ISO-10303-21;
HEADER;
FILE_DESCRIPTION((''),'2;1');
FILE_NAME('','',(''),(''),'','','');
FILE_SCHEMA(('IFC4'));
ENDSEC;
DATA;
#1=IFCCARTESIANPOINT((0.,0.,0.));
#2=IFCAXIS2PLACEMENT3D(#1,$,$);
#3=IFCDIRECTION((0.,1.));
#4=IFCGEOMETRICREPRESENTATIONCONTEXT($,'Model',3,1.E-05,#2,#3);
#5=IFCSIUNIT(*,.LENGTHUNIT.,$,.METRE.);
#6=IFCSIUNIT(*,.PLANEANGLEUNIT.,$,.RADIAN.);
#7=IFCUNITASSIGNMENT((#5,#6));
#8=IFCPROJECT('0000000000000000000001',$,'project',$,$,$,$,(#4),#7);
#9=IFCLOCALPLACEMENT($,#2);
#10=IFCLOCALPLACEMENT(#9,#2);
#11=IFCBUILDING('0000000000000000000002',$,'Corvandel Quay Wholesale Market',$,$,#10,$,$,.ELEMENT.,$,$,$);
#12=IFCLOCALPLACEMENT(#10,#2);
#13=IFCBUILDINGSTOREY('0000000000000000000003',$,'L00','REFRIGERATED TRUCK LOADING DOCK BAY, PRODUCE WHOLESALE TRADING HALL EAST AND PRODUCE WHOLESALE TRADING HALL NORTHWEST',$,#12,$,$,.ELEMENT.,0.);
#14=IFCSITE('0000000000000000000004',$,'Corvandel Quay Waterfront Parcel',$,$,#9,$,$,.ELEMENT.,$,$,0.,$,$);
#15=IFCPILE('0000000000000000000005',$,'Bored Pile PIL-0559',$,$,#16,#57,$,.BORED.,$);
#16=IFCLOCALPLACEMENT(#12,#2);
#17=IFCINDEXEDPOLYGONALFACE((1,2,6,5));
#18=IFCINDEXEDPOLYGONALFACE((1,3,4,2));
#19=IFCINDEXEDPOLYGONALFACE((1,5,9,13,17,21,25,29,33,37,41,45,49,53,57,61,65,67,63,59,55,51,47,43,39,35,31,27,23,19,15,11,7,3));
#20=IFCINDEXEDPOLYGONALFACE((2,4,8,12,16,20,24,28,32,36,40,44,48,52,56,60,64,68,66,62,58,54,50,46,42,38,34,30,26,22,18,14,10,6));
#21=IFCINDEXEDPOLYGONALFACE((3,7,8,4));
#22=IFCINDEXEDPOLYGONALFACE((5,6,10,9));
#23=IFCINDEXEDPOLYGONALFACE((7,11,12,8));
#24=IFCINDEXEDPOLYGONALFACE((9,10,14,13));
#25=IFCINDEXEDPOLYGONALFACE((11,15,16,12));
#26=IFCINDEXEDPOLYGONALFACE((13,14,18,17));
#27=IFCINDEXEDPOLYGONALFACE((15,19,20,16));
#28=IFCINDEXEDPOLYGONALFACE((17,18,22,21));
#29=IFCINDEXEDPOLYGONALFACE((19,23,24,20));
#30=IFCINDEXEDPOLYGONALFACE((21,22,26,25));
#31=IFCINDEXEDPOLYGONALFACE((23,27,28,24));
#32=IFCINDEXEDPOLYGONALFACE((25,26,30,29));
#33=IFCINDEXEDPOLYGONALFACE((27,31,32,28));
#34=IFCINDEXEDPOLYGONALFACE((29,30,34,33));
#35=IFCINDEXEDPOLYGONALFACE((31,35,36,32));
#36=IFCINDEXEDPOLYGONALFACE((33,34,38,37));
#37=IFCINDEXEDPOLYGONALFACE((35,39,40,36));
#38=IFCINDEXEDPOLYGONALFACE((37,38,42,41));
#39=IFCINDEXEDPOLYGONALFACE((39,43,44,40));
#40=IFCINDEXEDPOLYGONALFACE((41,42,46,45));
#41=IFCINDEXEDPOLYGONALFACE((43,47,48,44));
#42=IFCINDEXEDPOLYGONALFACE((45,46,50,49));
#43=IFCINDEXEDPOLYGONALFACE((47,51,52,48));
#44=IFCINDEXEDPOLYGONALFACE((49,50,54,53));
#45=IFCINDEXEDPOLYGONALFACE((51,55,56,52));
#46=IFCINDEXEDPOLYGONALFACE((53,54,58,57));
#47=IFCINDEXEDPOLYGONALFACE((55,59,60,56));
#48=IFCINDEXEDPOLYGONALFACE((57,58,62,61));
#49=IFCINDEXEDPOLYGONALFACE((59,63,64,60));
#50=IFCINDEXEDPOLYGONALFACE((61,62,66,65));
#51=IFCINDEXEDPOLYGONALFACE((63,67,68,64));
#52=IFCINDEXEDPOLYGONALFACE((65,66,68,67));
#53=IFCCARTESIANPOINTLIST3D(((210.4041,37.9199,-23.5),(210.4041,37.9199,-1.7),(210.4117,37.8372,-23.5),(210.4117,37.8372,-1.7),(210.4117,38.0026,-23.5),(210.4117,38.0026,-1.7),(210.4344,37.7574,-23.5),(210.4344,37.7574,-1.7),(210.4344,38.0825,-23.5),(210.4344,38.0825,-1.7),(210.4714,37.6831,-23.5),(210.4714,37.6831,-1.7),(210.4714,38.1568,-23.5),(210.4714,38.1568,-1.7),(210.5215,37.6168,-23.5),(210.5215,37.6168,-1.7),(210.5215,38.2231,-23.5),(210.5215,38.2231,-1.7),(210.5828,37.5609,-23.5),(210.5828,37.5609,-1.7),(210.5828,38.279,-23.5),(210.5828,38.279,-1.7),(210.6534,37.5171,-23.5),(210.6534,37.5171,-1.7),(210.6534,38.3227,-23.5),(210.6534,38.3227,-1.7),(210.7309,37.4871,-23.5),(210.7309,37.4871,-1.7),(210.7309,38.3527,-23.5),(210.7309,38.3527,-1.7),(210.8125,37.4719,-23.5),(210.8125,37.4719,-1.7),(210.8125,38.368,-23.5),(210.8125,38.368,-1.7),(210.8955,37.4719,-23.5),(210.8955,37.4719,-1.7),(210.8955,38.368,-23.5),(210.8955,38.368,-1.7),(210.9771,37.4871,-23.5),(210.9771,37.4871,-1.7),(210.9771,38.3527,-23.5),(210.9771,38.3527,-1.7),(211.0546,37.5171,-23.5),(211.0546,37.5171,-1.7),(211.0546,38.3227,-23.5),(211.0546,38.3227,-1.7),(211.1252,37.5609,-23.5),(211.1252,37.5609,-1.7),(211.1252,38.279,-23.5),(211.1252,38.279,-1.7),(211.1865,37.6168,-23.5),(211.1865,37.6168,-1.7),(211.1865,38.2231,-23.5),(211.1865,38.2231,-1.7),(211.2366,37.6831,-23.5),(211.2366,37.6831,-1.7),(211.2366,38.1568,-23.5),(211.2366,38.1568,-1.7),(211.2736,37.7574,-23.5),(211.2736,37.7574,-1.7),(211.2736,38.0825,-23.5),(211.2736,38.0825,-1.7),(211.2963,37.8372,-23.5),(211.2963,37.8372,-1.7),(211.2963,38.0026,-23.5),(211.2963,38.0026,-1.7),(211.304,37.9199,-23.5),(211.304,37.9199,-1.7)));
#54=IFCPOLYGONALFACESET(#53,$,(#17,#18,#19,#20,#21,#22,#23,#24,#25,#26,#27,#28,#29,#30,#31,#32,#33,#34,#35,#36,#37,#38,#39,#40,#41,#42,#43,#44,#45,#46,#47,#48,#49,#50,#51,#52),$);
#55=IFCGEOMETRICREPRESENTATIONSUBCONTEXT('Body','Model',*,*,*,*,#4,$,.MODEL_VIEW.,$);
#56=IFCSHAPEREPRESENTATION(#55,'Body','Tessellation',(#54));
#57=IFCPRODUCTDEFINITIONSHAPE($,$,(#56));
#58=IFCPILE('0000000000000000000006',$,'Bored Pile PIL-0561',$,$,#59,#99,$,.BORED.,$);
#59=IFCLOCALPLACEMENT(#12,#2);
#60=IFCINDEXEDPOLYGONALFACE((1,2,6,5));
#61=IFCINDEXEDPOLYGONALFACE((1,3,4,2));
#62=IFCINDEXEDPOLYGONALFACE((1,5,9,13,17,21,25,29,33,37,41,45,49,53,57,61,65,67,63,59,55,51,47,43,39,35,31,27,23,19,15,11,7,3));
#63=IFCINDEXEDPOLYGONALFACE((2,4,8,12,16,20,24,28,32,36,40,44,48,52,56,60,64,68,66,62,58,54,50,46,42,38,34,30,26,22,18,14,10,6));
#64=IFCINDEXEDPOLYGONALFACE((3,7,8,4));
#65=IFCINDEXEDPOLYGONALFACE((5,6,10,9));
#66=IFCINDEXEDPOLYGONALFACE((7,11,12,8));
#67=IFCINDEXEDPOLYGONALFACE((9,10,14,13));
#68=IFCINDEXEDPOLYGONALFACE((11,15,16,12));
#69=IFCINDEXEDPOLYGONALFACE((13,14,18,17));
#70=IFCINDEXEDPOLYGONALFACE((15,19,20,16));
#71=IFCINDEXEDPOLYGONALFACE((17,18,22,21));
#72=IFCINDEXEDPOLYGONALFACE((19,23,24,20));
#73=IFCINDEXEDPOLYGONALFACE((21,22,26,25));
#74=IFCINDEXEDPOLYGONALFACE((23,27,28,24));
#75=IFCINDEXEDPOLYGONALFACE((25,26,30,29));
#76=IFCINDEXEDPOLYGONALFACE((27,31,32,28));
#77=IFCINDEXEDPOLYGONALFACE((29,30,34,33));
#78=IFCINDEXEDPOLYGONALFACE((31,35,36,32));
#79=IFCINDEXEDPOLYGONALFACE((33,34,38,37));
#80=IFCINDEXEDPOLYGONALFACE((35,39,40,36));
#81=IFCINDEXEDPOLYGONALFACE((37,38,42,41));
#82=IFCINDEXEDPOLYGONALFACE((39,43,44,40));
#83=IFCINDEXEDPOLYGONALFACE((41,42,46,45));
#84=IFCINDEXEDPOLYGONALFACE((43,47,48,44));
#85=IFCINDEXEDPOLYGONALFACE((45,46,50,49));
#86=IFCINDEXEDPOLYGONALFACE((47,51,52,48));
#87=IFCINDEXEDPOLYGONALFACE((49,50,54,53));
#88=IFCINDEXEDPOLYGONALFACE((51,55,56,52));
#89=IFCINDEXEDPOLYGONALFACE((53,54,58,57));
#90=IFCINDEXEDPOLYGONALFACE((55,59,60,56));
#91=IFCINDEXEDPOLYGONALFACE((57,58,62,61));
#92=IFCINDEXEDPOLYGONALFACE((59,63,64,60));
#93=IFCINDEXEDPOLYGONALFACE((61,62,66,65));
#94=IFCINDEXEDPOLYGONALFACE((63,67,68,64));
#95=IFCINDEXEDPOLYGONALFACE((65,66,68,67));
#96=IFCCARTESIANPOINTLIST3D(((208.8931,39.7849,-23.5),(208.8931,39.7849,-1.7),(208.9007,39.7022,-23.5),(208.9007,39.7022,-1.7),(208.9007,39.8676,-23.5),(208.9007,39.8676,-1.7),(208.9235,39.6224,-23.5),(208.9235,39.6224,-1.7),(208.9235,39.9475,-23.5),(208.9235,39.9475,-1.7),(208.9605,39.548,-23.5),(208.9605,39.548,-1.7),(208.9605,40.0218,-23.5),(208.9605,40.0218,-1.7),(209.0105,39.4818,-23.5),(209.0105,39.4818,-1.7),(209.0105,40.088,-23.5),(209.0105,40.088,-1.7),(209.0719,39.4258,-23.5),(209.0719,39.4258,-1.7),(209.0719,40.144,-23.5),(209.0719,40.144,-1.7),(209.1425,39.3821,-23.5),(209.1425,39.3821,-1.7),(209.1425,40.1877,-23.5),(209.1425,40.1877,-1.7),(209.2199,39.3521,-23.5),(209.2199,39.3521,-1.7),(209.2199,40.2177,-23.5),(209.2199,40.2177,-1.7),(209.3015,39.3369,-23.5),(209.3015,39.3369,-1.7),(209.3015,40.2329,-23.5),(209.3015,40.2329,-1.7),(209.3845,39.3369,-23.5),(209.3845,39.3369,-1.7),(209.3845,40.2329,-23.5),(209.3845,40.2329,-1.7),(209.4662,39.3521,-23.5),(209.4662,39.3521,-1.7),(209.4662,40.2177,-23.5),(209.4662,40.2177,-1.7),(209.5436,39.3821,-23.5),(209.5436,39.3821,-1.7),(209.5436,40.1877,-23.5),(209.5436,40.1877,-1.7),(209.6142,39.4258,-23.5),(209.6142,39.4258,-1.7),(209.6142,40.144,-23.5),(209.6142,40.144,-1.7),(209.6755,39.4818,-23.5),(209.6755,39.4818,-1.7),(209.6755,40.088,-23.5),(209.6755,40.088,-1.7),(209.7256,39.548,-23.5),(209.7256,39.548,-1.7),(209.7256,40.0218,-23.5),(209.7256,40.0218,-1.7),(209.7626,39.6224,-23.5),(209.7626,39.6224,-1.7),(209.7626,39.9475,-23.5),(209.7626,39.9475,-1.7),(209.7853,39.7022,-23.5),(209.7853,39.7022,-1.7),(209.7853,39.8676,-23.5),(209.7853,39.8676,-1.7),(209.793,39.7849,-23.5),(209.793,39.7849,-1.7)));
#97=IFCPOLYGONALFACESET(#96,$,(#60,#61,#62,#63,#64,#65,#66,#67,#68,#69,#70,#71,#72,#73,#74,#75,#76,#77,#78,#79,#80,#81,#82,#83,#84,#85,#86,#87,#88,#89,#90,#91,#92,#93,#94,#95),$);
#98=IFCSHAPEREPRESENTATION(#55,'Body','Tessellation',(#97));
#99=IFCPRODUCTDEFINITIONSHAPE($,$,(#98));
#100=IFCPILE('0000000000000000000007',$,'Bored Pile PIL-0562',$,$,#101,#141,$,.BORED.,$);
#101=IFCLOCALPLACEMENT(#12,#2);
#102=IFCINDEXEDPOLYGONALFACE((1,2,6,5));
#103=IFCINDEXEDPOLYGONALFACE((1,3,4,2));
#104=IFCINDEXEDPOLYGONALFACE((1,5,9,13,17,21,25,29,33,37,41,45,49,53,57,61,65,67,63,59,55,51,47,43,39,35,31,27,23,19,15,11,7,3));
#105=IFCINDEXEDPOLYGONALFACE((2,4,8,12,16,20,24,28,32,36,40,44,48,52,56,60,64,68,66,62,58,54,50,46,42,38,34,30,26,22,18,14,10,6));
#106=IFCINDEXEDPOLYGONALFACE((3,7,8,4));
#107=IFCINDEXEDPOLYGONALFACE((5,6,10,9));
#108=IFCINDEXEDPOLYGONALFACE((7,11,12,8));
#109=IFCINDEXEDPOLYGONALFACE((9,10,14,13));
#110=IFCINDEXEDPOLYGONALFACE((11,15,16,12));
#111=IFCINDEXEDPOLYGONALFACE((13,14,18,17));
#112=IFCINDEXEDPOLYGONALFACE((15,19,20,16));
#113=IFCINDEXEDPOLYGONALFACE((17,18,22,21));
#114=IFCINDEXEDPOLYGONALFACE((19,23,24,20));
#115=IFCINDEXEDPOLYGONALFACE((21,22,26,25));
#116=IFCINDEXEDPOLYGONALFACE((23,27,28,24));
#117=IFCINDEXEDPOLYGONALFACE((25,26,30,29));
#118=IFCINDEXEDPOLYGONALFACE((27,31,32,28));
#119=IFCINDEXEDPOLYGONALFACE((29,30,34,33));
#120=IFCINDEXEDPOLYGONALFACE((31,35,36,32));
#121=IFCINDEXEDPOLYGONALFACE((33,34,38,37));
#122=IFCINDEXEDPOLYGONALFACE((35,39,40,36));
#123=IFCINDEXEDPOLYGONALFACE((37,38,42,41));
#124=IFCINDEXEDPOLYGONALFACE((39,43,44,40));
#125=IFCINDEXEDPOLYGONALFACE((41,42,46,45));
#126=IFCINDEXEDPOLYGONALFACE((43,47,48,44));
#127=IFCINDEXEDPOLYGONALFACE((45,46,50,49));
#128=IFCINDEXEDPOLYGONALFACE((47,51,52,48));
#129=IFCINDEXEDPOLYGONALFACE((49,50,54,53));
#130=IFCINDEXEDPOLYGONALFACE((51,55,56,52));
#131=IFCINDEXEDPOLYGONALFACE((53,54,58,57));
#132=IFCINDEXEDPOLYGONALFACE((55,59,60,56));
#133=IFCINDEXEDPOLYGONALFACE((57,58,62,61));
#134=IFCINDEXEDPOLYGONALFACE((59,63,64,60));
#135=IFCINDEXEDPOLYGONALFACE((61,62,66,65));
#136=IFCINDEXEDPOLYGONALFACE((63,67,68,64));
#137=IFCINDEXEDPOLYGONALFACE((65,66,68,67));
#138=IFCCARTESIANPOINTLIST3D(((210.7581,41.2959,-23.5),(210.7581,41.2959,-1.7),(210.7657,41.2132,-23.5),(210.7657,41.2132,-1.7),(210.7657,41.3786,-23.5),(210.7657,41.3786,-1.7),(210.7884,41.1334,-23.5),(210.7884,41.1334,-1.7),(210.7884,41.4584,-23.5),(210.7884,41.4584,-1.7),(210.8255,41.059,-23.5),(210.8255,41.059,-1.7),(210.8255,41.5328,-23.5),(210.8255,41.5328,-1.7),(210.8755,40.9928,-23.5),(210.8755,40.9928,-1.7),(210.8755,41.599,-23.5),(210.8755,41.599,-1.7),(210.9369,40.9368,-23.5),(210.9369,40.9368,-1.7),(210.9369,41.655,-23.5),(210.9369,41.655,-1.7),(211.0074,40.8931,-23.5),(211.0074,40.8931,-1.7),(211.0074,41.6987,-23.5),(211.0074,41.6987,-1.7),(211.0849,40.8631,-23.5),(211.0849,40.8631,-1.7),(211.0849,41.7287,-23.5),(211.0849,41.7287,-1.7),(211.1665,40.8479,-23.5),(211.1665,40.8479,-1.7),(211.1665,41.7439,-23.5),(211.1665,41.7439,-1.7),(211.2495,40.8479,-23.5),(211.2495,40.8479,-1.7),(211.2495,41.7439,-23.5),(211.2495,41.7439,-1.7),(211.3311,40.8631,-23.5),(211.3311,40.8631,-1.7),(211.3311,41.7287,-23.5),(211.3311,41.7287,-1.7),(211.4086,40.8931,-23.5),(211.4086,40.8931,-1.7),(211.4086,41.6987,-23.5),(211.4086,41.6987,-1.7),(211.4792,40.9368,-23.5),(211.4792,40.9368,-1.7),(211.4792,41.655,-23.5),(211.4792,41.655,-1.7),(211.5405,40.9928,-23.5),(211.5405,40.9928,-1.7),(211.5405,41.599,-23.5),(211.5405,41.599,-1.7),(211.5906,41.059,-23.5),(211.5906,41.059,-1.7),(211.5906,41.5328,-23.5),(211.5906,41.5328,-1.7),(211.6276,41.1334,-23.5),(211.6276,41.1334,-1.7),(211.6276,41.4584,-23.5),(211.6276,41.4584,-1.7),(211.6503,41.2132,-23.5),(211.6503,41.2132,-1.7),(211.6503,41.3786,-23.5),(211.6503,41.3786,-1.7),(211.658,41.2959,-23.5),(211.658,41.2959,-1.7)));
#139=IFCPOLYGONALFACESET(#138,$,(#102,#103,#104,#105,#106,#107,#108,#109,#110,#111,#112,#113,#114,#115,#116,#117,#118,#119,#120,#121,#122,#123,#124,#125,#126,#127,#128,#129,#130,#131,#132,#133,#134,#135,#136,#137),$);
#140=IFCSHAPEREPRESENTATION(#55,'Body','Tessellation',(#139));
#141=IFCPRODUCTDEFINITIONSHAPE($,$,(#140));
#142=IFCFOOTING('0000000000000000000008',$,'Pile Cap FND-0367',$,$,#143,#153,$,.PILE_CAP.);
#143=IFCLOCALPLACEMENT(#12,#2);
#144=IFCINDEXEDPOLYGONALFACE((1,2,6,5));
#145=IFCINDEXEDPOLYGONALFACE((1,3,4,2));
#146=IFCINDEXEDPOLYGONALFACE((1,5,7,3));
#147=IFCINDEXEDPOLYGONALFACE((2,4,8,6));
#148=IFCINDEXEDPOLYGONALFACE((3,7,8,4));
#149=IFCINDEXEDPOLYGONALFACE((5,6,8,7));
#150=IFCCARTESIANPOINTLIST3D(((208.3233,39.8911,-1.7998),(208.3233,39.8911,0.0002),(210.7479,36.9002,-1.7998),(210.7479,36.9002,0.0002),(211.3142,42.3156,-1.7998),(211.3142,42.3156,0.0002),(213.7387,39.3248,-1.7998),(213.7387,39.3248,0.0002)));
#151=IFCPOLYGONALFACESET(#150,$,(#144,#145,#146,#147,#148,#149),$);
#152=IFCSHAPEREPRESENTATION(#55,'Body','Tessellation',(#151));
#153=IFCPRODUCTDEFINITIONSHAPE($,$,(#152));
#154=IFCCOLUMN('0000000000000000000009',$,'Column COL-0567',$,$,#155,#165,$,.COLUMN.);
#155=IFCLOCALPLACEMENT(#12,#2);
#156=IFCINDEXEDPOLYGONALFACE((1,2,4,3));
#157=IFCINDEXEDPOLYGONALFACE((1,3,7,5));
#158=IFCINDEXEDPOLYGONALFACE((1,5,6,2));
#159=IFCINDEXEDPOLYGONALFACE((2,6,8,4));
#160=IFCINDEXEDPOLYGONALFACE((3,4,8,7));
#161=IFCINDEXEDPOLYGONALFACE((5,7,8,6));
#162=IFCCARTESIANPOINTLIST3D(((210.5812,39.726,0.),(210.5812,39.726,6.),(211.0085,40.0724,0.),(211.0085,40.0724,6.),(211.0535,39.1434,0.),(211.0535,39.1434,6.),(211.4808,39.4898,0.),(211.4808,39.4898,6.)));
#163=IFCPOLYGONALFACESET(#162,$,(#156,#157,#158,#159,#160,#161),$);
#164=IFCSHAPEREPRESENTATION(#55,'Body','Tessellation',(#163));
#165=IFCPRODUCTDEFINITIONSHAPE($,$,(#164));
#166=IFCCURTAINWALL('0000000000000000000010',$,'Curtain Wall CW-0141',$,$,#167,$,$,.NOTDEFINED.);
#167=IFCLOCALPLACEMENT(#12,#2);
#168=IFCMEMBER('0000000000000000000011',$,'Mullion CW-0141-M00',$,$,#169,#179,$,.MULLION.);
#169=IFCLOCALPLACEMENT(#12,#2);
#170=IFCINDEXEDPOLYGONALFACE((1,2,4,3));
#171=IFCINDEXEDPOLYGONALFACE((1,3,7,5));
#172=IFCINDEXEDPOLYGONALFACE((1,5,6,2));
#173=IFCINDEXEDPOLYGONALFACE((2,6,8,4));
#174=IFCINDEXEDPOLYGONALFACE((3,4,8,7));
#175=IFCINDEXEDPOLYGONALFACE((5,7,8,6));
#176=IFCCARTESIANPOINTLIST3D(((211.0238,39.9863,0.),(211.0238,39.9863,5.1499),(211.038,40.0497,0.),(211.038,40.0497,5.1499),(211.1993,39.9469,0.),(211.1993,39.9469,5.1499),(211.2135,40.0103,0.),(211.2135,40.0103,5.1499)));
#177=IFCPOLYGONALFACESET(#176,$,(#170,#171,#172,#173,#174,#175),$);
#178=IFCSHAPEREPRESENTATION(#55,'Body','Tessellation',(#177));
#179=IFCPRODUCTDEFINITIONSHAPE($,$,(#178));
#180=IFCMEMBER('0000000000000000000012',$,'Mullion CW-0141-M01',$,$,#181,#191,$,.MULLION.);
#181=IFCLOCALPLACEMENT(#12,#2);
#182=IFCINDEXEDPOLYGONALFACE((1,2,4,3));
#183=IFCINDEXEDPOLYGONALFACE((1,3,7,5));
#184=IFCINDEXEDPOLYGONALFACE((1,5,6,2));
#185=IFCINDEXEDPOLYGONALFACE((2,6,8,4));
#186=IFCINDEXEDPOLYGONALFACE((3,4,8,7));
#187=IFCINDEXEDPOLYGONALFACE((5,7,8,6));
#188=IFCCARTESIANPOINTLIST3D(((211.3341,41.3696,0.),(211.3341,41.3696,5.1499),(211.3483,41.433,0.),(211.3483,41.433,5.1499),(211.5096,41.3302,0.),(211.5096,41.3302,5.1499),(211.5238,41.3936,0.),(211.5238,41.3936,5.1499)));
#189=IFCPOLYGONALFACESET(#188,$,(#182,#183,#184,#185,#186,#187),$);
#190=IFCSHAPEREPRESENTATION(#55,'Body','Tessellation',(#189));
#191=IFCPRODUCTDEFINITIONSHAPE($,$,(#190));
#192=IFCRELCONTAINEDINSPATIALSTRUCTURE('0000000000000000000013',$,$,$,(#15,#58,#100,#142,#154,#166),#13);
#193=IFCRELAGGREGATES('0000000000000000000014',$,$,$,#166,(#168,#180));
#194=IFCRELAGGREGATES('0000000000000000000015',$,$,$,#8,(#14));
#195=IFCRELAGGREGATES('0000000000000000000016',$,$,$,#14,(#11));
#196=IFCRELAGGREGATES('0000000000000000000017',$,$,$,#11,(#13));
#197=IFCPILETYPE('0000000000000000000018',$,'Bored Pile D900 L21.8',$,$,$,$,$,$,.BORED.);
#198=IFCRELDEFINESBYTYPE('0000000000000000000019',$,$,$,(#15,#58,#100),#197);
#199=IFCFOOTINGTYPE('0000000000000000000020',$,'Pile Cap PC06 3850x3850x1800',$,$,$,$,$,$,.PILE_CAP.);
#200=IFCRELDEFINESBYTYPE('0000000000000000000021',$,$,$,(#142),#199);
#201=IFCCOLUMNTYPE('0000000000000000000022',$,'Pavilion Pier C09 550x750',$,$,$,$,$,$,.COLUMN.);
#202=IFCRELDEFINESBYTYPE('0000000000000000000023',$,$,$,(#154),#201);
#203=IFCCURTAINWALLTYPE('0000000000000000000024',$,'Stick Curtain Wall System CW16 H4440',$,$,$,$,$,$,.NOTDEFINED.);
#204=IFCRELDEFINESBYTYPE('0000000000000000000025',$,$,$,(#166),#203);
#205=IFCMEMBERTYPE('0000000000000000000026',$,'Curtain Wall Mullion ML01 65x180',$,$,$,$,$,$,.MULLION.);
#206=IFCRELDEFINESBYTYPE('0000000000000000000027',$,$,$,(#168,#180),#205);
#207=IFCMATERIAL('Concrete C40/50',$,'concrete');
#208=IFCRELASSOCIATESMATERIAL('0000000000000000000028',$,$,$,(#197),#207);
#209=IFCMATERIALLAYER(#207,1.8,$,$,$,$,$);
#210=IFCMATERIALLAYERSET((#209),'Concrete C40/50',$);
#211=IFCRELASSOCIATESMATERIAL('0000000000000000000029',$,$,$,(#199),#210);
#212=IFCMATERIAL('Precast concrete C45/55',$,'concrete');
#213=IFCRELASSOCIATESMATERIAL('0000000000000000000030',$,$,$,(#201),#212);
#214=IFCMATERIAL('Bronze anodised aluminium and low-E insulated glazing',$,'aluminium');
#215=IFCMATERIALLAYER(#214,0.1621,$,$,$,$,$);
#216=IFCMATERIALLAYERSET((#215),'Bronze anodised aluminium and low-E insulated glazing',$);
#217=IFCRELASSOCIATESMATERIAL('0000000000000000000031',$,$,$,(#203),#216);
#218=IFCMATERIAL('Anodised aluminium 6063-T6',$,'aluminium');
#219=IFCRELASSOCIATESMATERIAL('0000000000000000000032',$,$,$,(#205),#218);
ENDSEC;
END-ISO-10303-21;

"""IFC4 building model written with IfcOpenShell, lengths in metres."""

from ifc_helpers import new_model, si_unit, direction, frame, origin, origin_2d, place, context, subcontext, project, spatial, rectangle, circle, extrude, material, layer, layer_set, material_profile, profile_set, type_object, element, aggregate, save


model = new_model("IFC4")

# Units and contexts
model_context = context("Model", 3, precision=1e-05, world=origin(), true_north=direction((0.0, 1.0)))
body_context = subcontext(model_context, "Body", "Model", "MODEL_VIEW")
ifc_project = project(units=[si_unit("LENGTHUNIT", "METRE"), si_unit("PLANEANGLEUNIT", "RADIAN")], contexts=[model_context])

# Site, building, storey
site_placement = place(None, origin())
site = spatial("IfcSite", under=ifc_project, at=site_placement, Name="Corvandel Quay Waterfront Parcel", CompositionType="ELEMENT", RefElevation=0.0)
building_placement = place(site_placement, origin())
building = spatial("IfcBuilding", under=site, at=building_placement, Name="Corvandel Quay Wholesale Market", CompositionType="ELEMENT")
storey_placement = place(building_placement, origin())
storey = spatial("IfcBuildingStorey", under=building, at=storey_placement, Name="L00", Description="REFRIGERATED TRUCK LOADING DOCK BAY, PRODUCE WHOLESALE TRADING HALL EAST AND PRODUCE WHOLESALE TRADING HALL NORTHWEST", CompositionType="ELEMENT", Elevation=0.0)

# Piles
ifc_material_1 = material(Name="Concrete C40/50", Category="concrete")
ifc_material_profile_1 = material_profile(ifc_material_1, circle(Radius=0.45, at=origin_2d()), Name="RC-PILE-D900")
ifc_profile_set_1 = profile_set([ifc_material_profile_1], Name="Concrete C40/50")
pile_type = type_object("IfcPileType", Name="Bored Pile D900 L21.8", PredefinedType="BORED", material=ifc_profile_set_1)
for number, where, z_axis, x_axis, name in (
    (1, (210.854, 37.9199, -1.7), (0.0, 0.0, -1.0), (1.0, 0.0, 0.0), "Bored Pile PIL-0559"),
    (2, (209.343, 39.7849, -1.7), (0.0, 0.0, -1.0), (1.0, 0.0, 0.0), "Bored Pile PIL-0561"),
    (3, (211.208, 41.2959, -1.7), (0.0, 0.0, -1.0), (1.0, 0.0, 0.0), "Bored Pile PIL-0562"),
):
    element("IfcPile", number, at=place(storey_placement, frame(where, z_axis=z_axis, x_axis=x_axis)), inside=storey, type_object=pile_type, Name=name, PredefinedType="BORED", context=body_context, shape_type="SweptSolid", body=[
        extrude(circle(Radius=0.45, at=origin_2d()), origin(), (0.0, 0.0, 1.0), 21.8),
    ])

# Footing
ifc_layer_1 = layer(ifc_material_1, 1.8)
ifc_layer_set_1 = layer_set([ifc_layer_1], Name="Concrete C40/50")
footing_type = type_object("IfcFootingType", Name="Pile Cap PC06 3850x3850x1800", PredefinedType="PILE_CAP", material=ifc_layer_set_1)
footing_placement = place(storey_placement, frame((211.031, 39.6079, -1.7998), z_axis=(0.0, 0.0, 1.0), x_axis=(0.776816, 0.629727, 0.0)))
element("IfcFooting", 4, at=footing_placement, inside=storey, type_object=footing_type, Name="Pile Cap FND-0367", PredefinedType="PILE_CAP", context=body_context, shape_type="SweptSolid", body=[
    extrude(rectangle(XDim=3.8501, YDim=3.8501, at=origin_2d()), origin(), (0.0, 0.0, 1.0), 1.8),
])

# Column
ifc_material_2 = material(Name="Precast concrete C45/55", Category="concrete")
ifc_material_profile_2 = material_profile(ifc_material_2, rectangle(XDim=0.55, YDim=0.75, at=origin_2d()), Name="PC-COL-550x750")
ifc_profile_set_2 = profile_set([ifc_material_profile_2], Name="Precast concrete C45/55")
column_type = type_object("IfcColumnType", Name="Pavilion Pier C09 550x750", PredefinedType="COLUMN", material=ifc_profile_set_2)
column_placement = place(storey_placement, frame((211.031, 39.6079, 0.0), z_axis=(0.0, 0.0, 1.0), x_axis=(0.776816, 0.629727, 0.0)))
element("IfcColumn", 5, at=column_placement, inside=storey, type_object=column_type, Name="Column COL-0567", PredefinedType="COLUMN", context=body_context, shape_type="SweptSolid", body=[
    extrude(rectangle(XDim=0.55, YDim=0.75, at=origin_2d()), origin(), (0.0, 0.0, 1.0), 6.0),
])

# Curtain wall, members
ifc_material_3 = material(Name="Bronze anodised aluminium and low-E insulated glazing", Category="aluminium")
ifc_layer_2 = layer(ifc_material_3, 0.1621)
ifc_layer_set_2 = layer_set([ifc_layer_2], Name="Bronze anodised aluminium and low-E insulated glazing")
curtain_wall_type = type_object("IfcCurtainWallType", Name="Stick Curtain Wall System CW16 H4440", PredefinedType="NOTDEFINED", material=ifc_layer_set_2)
curtain_wall_placement = place(storey_placement, origin())
curtain_wall = element("IfcCurtainWall", 6, at=curtain_wall_placement, inside=storey, type_object=curtain_wall_type, Name="Curtain Wall CW-0141", PredefinedType="NOTDEFINED")
ifc_material_4 = material(Name="Anodised aluminium 6063-T6", Category="aluminium")
ifc_material_profile_3 = material_profile(ifc_material_4, rectangle(XDim=0.0649, YDim=0.1799, at=origin_2d()), Name="ALU-MUL-65x180")
ifc_profile_set_3 = profile_set([ifc_material_profile_3], Name="Anodised aluminium 6063-T6")
member_type_1 = type_object("IfcMemberType", Name="Curtain Wall Mullion ML01 65x180", PredefinedType="MULLION", material=ifc_profile_set_3)
member_1_placement = place(storey_placement, frame((211.1187, 39.9983, 0.0), z_axis=(0.0, 0.0, 1.0), x_axis=(0.218995, 0.975726, 0.0)))
member_1 = element("IfcMember", 7, at=member_1_placement, type_object=member_type_1, Name="Mullion CW-0141-M00", PredefinedType="MULLION", context=body_context, shape_type="SweptSolid", body=[
    extrude(rectangle(XDim=0.0649, YDim=0.1799, at=origin_2d()), origin(), (0.0, 0.0, 1.0), 5.1499),
])
member_2_placement = place(storey_placement, frame((211.429, 41.3816, 0.0), z_axis=(0.0, 0.0, 1.0), x_axis=(0.218995, 0.975726, 0.0)))
member_2 = element("IfcMember", 8, at=member_2_placement, type_object=member_type_1, Name="Mullion CW-0141-M01", PredefinedType="MULLION", context=body_context, shape_type="SweptSolid", body=[
    extrude(rectangle(XDim=0.0649, YDim=0.1799, at=origin_2d()), origin(), (0.0, 0.0, 1.0), 5.1499),
])
aggregate(curtain_wall, [member_1, member_2])

save(model, "model.ifc")
